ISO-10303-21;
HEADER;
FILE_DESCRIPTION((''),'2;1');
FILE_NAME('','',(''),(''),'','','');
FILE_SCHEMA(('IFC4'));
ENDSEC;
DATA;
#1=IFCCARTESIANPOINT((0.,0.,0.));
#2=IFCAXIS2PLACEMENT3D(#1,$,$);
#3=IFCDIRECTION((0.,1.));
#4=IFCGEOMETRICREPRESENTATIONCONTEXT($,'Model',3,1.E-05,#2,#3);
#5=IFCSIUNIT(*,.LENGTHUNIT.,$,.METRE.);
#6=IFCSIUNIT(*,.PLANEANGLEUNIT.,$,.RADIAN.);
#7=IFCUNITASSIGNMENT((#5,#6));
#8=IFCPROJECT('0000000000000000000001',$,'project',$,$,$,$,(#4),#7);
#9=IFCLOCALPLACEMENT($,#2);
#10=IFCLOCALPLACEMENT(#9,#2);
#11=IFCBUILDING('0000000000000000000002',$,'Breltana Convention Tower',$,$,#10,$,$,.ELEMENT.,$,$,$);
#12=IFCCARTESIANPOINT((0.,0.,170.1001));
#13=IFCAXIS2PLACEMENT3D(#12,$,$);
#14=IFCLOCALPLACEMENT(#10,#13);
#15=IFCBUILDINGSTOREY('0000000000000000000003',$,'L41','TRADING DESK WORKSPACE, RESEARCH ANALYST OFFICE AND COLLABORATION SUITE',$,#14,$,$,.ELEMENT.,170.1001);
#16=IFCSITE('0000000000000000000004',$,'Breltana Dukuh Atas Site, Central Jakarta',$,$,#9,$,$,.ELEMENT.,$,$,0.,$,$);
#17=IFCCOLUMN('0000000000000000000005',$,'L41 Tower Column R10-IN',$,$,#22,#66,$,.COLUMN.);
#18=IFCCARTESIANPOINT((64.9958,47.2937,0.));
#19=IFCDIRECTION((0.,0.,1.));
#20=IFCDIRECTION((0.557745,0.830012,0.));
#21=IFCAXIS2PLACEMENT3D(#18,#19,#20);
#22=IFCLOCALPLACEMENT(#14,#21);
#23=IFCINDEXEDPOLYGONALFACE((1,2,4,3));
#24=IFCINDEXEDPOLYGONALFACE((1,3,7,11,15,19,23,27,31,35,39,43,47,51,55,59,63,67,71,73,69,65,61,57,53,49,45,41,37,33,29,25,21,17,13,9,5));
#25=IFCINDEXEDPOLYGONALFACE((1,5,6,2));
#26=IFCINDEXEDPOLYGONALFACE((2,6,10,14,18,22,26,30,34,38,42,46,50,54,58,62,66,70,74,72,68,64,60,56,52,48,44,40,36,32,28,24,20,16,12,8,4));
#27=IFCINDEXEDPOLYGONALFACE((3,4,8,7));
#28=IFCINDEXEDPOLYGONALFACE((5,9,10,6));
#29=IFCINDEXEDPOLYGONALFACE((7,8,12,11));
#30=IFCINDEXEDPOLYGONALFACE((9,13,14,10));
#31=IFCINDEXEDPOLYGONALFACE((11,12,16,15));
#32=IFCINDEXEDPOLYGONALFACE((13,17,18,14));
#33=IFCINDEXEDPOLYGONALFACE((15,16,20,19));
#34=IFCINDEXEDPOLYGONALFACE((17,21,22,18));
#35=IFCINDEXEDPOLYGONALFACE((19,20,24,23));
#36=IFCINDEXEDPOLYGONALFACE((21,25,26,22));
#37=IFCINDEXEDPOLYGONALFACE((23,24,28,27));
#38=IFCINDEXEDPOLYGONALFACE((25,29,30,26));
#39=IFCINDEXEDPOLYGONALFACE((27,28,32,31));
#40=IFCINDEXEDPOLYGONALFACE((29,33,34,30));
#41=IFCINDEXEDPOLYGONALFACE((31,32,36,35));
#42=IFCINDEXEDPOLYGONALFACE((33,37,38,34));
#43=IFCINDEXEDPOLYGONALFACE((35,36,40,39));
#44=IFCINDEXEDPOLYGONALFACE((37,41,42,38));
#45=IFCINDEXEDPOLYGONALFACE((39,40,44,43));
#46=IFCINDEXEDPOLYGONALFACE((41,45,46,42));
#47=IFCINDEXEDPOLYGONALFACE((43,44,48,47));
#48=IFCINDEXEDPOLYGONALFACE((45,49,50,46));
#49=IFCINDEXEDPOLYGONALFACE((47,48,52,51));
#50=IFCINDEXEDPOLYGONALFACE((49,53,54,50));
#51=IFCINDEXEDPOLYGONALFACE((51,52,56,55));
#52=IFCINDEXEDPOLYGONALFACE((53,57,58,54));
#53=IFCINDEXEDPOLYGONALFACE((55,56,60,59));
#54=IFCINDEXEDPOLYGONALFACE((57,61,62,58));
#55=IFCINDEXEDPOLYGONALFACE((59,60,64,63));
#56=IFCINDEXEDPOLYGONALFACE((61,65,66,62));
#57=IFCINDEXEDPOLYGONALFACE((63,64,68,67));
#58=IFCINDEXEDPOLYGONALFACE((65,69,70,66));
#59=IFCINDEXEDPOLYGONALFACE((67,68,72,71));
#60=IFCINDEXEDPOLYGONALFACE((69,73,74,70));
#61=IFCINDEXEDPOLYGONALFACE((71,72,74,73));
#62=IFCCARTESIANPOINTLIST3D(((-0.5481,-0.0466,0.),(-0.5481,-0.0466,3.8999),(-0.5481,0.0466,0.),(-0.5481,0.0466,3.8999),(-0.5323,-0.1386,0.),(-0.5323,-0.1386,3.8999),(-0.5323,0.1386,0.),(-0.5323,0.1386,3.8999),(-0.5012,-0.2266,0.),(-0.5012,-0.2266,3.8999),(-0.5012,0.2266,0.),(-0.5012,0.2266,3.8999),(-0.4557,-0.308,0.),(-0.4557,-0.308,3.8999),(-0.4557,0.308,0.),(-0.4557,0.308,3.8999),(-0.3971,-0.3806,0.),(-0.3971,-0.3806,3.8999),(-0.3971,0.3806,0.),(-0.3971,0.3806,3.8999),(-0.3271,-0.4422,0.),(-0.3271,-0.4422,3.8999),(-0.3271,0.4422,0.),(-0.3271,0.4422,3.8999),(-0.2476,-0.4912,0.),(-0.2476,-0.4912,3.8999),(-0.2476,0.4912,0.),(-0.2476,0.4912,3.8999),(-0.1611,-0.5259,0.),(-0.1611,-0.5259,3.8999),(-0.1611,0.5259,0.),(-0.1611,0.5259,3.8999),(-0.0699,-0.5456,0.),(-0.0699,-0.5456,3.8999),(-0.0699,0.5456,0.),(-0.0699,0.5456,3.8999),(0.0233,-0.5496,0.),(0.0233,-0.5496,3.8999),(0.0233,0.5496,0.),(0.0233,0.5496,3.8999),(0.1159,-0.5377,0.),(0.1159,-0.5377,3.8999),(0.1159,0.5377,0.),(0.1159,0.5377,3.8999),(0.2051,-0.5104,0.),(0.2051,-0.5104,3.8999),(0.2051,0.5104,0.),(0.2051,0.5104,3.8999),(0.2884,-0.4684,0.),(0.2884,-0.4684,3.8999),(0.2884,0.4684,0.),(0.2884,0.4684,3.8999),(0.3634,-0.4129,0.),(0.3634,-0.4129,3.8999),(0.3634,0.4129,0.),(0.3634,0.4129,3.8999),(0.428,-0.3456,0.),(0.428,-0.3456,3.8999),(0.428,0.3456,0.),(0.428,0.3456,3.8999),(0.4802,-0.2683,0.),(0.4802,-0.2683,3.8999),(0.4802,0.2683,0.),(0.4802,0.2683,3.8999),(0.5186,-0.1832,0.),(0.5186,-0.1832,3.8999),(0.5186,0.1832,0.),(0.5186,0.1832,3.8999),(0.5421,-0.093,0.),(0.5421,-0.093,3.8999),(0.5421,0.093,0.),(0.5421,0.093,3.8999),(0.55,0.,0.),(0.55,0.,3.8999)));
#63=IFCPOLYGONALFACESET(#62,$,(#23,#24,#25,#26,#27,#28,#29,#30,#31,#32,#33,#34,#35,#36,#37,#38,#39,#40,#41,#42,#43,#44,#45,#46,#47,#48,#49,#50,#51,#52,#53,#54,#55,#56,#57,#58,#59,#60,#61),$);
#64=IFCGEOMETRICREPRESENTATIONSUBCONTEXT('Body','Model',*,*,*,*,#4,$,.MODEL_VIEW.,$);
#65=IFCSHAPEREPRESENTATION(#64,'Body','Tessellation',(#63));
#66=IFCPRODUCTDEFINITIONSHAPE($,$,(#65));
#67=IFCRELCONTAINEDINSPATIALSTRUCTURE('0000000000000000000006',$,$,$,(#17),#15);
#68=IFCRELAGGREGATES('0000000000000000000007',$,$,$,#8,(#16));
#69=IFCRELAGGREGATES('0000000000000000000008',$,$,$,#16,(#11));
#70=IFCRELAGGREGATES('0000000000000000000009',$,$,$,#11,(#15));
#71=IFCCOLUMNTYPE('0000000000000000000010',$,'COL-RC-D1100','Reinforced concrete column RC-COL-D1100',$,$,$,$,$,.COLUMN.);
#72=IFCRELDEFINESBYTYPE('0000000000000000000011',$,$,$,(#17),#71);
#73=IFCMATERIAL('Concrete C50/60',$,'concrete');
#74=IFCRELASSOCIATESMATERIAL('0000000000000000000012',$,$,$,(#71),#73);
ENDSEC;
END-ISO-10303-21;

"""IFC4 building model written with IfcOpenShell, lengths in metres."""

from ifc_helpers import new_model, si_unit, direction, frame, origin, origin_2d, place, context, subcontext, project, spatial, circle, extrude, source, transform, mapped, material, material_profile, profile_set, type_object, element, save


model = new_model("IFC4")

# Units and contexts
model_context = context("Model", 3, precision=1e-05, world=origin(), true_north=direction((0.0, 1.0)))
body_context = subcontext(model_context, "Body", "Model", "MODEL_VIEW")
ifc_project = project(units=[si_unit("LENGTHUNIT", "METRE"), si_unit("PLANEANGLEUNIT", "RADIAN")], contexts=[model_context])

# Site, building, storey
site_placement = place(None, origin())
site = spatial("IfcSite", under=ifc_project, at=site_placement, Name="Breltana Dukuh Atas Site, Central Jakarta", CompositionType="ELEMENT", RefElevation=0.0)
building_placement = place(site_placement, origin())
building = spatial("IfcBuilding", under=site, at=building_placement, Name="Breltana Convention Tower", CompositionType="ELEMENT")
storey_placement = place(building_placement, frame((0.0, 0.0, 170.1001)))
storey = spatial("IfcBuildingStorey", under=building, at=storey_placement, Name="L41", Description="TRADING DESK WORKSPACE, RESEARCH ANALYST OFFICE AND COLLABORATION SUITE", CompositionType="ELEMENT", Elevation=170.1001)

# Column
ifc_material_1 = material(Name="Concrete C50/60", Category="concrete")
ifc_material_profile_1 = material_profile(ifc_material_1, circle(Radius=0.55, at=origin_2d()), Name="RC-COL-D1100")
ifc_profile_set_1 = profile_set([ifc_material_profile_1], Name="Concrete C50/60")
column_type_1 = type_object("IfcColumnType", Name="COL-RC-D1100", Description="Reinforced concrete column RC-COL-D1100", PredefinedType="COLUMN", material=ifc_profile_set_1)
shared_shape_1 = source(origin(), body_context, "Body", "SweptSolid", [
    extrude(circle(Radius=0.55, at=origin_2d()), origin(), (0.0, 0.0, 1.0), 3.8999),
])
column_1_placement = place(storey_placement, frame((64.9958, 47.2937, 0.0), z_axis=(0.0, 0.0, 1.0), x_axis=(0.557745, 0.830012, 0.0)))
element("IfcColumn", 1, at=column_1_placement, inside=storey, type_object=column_type_1, Name="L41 Tower Column R10-IN", PredefinedType="COLUMN", context=body_context, shape_type="MappedRepresentation", body=[
    mapped(shared_shape_1, transform((0.0, 0.0, 0.0), scale=1.0)),
])

save(model, "model.ifc")
